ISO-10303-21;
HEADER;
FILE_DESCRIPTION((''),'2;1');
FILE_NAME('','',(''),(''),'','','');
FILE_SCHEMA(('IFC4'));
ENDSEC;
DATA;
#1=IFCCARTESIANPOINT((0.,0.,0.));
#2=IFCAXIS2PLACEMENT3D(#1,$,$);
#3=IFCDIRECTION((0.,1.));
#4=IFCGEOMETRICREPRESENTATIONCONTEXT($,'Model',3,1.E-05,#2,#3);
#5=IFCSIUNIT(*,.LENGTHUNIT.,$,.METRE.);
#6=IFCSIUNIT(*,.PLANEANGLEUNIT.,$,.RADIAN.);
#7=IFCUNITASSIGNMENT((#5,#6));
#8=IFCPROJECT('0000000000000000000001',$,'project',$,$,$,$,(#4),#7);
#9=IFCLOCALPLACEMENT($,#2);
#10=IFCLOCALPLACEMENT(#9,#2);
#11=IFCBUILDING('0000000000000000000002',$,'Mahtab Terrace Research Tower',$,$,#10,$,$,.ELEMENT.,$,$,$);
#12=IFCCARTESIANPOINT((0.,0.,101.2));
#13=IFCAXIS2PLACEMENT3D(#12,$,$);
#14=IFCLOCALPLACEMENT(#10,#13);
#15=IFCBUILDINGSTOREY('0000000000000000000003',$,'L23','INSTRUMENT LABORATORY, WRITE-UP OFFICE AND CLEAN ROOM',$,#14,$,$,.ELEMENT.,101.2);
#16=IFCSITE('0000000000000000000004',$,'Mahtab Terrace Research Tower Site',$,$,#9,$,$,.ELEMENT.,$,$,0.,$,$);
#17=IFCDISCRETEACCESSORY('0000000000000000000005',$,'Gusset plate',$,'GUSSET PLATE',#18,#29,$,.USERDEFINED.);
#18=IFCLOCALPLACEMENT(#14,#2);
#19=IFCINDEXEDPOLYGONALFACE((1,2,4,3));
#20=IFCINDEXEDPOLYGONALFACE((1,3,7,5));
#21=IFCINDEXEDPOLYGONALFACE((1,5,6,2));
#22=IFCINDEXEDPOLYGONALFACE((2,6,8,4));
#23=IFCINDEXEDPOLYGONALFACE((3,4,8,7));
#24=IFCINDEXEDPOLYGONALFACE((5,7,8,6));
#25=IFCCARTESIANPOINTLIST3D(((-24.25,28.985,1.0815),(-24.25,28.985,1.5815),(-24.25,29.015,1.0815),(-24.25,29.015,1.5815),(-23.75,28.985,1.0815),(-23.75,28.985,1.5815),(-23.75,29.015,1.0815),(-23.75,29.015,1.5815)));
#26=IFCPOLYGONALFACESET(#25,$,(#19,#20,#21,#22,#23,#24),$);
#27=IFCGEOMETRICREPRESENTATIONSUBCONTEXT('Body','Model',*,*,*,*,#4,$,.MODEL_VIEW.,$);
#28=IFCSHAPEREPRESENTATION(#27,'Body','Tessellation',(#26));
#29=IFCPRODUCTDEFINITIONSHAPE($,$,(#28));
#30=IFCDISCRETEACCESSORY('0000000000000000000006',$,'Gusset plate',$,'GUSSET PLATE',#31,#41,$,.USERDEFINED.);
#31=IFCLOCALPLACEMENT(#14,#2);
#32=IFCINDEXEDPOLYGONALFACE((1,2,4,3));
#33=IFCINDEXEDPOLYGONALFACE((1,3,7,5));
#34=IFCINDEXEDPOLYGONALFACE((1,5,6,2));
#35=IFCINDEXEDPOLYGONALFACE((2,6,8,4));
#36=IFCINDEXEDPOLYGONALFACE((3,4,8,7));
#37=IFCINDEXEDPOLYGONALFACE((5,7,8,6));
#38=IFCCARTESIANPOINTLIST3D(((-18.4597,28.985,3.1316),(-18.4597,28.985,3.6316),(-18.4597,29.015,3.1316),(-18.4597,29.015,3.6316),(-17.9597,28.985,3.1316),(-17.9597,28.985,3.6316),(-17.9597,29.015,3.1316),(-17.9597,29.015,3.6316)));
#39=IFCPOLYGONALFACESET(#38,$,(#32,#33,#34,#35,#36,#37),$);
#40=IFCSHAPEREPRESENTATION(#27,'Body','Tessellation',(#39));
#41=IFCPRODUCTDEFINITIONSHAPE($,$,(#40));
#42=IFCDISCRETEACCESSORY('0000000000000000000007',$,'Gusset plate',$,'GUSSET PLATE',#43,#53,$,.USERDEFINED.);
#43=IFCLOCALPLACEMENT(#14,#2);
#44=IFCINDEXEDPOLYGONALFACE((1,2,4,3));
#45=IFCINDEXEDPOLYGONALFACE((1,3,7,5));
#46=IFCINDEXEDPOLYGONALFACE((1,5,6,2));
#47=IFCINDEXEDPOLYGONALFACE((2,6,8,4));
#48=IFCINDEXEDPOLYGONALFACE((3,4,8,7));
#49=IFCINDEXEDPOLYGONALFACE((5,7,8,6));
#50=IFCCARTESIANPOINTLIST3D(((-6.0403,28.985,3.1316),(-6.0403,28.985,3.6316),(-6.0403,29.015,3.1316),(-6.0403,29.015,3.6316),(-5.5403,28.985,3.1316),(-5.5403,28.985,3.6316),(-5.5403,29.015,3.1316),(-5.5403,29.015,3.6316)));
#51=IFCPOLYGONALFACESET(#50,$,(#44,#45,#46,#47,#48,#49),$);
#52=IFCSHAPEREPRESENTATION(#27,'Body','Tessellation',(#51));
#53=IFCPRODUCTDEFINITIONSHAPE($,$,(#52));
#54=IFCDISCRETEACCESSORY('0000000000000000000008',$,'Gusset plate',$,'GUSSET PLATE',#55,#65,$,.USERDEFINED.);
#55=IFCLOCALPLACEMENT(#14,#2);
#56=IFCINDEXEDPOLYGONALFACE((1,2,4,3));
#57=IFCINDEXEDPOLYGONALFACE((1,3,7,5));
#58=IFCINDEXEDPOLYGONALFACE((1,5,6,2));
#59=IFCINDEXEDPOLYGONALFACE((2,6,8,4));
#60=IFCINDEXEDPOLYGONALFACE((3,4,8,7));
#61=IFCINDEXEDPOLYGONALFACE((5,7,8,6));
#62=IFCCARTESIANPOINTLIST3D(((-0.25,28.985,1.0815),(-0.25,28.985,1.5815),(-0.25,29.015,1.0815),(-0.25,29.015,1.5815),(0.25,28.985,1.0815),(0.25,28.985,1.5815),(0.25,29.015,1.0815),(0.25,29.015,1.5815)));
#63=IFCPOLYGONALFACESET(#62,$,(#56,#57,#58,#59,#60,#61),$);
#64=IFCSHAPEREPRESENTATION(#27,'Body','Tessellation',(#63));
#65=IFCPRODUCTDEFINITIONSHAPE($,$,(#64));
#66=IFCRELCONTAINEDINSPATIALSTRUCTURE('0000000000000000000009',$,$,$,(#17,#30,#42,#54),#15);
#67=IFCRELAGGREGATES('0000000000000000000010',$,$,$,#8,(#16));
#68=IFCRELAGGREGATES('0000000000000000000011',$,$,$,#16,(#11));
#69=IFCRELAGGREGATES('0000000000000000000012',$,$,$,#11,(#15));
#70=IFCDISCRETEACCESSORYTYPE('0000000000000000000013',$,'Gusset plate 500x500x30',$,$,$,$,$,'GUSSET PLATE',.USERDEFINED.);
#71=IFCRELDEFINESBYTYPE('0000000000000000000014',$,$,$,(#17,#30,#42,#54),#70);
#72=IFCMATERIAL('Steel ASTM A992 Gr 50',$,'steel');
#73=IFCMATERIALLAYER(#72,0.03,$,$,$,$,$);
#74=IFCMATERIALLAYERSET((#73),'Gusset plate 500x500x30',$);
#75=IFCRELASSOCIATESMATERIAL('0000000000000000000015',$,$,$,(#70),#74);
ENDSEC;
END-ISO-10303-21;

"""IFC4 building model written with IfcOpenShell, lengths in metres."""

from ifc_helpers import new_model, si_unit, direction, frame, origin, origin_2d, place, context, subcontext, project, spatial, rectangle, extrude, material, layer, layer_set, type_object, element, save


model = new_model("IFC4")

# Units and contexts
model_context = context("Model", 3, precision=1e-05, world=origin(), true_north=direction((0.0, 1.0)))
body_context = subcontext(model_context, "Body", "Model", "MODEL_VIEW")
ifc_project = project(units=[si_unit("LENGTHUNIT", "METRE"), si_unit("PLANEANGLEUNIT", "RADIAN")], contexts=[model_context])

# Site, building, storey
site_placement = place(None, origin())
site = spatial("IfcSite", under=ifc_project, at=site_placement, Name="Mahtab Terrace Research Tower Site", CompositionType="ELEMENT", RefElevation=0.0)
building_placement = place(site_placement, origin())
building = spatial("IfcBuilding", under=site, at=building_placement, Name="Mahtab Terrace Research Tower", CompositionType="ELEMENT")
storey_placement = place(building_placement, frame((0.0, 0.0, 101.2)))
storey = spatial("IfcBuildingStorey", under=building, at=storey_placement, Name="L23", Description="INSTRUMENT LABORATORY, WRITE-UP OFFICE AND CLEAN ROOM", CompositionType="ELEMENT", Elevation=101.2)

# Shared definitions
ifc_material_1 = material(Name="Steel ASTM A992 Gr 50", Category="steel")

# Discrete accessories
ifc_layer_1 = layer(ifc_material_1, 0.03)
ifc_layer_set_1 = layer_set([ifc_layer_1], Name="Gusset plate 500x500x30")
discrete_accessory_type = type_object("IfcDiscreteAccessoryType", Name="Gusset plate 500x500x30", ElementType="GUSSET PLATE", PredefinedType="USERDEFINED", material=ifc_layer_set_1)
for number, where, z_axis, x_axis, name in (
    (1, (-24.0, 29.0, 1.0815), (0.0, 0.0, 1.0), (1.0, 0.0, 0.0), "Gusset plate"),
    (2, (-18.2097, 29.0, 3.1316), (0.0, 0.0, 1.0), (1.0, 0.0, 0.0), "Gusset plate"),
    (3, (-5.7903, 29.0, 3.1316), (0.0, 0.0, 1.0), (1.0, 0.0, 0.0), "Gusset plate"),
    (4, (0.0, 29.0, 1.0815), (0.0, 0.0, 1.0), (1.0, 0.0, 0.0), "Gusset plate"),
):
    element("IfcDiscreteAccessory", number, at=place(storey_placement, frame(where, z_axis=z_axis, x_axis=x_axis)), inside=storey, type_object=discrete_accessory_type, Name=name, ObjectType="GUSSET PLATE", PredefinedType="USERDEFINED", context=body_context, shape_type="SweptSolid", body=[
        extrude(rectangle(XDim=0.5, YDim=0.03, at=origin_2d()), origin(), (0.0, 0.0, 1.0), 0.5),
    ])

save(model, "model.ifc")
